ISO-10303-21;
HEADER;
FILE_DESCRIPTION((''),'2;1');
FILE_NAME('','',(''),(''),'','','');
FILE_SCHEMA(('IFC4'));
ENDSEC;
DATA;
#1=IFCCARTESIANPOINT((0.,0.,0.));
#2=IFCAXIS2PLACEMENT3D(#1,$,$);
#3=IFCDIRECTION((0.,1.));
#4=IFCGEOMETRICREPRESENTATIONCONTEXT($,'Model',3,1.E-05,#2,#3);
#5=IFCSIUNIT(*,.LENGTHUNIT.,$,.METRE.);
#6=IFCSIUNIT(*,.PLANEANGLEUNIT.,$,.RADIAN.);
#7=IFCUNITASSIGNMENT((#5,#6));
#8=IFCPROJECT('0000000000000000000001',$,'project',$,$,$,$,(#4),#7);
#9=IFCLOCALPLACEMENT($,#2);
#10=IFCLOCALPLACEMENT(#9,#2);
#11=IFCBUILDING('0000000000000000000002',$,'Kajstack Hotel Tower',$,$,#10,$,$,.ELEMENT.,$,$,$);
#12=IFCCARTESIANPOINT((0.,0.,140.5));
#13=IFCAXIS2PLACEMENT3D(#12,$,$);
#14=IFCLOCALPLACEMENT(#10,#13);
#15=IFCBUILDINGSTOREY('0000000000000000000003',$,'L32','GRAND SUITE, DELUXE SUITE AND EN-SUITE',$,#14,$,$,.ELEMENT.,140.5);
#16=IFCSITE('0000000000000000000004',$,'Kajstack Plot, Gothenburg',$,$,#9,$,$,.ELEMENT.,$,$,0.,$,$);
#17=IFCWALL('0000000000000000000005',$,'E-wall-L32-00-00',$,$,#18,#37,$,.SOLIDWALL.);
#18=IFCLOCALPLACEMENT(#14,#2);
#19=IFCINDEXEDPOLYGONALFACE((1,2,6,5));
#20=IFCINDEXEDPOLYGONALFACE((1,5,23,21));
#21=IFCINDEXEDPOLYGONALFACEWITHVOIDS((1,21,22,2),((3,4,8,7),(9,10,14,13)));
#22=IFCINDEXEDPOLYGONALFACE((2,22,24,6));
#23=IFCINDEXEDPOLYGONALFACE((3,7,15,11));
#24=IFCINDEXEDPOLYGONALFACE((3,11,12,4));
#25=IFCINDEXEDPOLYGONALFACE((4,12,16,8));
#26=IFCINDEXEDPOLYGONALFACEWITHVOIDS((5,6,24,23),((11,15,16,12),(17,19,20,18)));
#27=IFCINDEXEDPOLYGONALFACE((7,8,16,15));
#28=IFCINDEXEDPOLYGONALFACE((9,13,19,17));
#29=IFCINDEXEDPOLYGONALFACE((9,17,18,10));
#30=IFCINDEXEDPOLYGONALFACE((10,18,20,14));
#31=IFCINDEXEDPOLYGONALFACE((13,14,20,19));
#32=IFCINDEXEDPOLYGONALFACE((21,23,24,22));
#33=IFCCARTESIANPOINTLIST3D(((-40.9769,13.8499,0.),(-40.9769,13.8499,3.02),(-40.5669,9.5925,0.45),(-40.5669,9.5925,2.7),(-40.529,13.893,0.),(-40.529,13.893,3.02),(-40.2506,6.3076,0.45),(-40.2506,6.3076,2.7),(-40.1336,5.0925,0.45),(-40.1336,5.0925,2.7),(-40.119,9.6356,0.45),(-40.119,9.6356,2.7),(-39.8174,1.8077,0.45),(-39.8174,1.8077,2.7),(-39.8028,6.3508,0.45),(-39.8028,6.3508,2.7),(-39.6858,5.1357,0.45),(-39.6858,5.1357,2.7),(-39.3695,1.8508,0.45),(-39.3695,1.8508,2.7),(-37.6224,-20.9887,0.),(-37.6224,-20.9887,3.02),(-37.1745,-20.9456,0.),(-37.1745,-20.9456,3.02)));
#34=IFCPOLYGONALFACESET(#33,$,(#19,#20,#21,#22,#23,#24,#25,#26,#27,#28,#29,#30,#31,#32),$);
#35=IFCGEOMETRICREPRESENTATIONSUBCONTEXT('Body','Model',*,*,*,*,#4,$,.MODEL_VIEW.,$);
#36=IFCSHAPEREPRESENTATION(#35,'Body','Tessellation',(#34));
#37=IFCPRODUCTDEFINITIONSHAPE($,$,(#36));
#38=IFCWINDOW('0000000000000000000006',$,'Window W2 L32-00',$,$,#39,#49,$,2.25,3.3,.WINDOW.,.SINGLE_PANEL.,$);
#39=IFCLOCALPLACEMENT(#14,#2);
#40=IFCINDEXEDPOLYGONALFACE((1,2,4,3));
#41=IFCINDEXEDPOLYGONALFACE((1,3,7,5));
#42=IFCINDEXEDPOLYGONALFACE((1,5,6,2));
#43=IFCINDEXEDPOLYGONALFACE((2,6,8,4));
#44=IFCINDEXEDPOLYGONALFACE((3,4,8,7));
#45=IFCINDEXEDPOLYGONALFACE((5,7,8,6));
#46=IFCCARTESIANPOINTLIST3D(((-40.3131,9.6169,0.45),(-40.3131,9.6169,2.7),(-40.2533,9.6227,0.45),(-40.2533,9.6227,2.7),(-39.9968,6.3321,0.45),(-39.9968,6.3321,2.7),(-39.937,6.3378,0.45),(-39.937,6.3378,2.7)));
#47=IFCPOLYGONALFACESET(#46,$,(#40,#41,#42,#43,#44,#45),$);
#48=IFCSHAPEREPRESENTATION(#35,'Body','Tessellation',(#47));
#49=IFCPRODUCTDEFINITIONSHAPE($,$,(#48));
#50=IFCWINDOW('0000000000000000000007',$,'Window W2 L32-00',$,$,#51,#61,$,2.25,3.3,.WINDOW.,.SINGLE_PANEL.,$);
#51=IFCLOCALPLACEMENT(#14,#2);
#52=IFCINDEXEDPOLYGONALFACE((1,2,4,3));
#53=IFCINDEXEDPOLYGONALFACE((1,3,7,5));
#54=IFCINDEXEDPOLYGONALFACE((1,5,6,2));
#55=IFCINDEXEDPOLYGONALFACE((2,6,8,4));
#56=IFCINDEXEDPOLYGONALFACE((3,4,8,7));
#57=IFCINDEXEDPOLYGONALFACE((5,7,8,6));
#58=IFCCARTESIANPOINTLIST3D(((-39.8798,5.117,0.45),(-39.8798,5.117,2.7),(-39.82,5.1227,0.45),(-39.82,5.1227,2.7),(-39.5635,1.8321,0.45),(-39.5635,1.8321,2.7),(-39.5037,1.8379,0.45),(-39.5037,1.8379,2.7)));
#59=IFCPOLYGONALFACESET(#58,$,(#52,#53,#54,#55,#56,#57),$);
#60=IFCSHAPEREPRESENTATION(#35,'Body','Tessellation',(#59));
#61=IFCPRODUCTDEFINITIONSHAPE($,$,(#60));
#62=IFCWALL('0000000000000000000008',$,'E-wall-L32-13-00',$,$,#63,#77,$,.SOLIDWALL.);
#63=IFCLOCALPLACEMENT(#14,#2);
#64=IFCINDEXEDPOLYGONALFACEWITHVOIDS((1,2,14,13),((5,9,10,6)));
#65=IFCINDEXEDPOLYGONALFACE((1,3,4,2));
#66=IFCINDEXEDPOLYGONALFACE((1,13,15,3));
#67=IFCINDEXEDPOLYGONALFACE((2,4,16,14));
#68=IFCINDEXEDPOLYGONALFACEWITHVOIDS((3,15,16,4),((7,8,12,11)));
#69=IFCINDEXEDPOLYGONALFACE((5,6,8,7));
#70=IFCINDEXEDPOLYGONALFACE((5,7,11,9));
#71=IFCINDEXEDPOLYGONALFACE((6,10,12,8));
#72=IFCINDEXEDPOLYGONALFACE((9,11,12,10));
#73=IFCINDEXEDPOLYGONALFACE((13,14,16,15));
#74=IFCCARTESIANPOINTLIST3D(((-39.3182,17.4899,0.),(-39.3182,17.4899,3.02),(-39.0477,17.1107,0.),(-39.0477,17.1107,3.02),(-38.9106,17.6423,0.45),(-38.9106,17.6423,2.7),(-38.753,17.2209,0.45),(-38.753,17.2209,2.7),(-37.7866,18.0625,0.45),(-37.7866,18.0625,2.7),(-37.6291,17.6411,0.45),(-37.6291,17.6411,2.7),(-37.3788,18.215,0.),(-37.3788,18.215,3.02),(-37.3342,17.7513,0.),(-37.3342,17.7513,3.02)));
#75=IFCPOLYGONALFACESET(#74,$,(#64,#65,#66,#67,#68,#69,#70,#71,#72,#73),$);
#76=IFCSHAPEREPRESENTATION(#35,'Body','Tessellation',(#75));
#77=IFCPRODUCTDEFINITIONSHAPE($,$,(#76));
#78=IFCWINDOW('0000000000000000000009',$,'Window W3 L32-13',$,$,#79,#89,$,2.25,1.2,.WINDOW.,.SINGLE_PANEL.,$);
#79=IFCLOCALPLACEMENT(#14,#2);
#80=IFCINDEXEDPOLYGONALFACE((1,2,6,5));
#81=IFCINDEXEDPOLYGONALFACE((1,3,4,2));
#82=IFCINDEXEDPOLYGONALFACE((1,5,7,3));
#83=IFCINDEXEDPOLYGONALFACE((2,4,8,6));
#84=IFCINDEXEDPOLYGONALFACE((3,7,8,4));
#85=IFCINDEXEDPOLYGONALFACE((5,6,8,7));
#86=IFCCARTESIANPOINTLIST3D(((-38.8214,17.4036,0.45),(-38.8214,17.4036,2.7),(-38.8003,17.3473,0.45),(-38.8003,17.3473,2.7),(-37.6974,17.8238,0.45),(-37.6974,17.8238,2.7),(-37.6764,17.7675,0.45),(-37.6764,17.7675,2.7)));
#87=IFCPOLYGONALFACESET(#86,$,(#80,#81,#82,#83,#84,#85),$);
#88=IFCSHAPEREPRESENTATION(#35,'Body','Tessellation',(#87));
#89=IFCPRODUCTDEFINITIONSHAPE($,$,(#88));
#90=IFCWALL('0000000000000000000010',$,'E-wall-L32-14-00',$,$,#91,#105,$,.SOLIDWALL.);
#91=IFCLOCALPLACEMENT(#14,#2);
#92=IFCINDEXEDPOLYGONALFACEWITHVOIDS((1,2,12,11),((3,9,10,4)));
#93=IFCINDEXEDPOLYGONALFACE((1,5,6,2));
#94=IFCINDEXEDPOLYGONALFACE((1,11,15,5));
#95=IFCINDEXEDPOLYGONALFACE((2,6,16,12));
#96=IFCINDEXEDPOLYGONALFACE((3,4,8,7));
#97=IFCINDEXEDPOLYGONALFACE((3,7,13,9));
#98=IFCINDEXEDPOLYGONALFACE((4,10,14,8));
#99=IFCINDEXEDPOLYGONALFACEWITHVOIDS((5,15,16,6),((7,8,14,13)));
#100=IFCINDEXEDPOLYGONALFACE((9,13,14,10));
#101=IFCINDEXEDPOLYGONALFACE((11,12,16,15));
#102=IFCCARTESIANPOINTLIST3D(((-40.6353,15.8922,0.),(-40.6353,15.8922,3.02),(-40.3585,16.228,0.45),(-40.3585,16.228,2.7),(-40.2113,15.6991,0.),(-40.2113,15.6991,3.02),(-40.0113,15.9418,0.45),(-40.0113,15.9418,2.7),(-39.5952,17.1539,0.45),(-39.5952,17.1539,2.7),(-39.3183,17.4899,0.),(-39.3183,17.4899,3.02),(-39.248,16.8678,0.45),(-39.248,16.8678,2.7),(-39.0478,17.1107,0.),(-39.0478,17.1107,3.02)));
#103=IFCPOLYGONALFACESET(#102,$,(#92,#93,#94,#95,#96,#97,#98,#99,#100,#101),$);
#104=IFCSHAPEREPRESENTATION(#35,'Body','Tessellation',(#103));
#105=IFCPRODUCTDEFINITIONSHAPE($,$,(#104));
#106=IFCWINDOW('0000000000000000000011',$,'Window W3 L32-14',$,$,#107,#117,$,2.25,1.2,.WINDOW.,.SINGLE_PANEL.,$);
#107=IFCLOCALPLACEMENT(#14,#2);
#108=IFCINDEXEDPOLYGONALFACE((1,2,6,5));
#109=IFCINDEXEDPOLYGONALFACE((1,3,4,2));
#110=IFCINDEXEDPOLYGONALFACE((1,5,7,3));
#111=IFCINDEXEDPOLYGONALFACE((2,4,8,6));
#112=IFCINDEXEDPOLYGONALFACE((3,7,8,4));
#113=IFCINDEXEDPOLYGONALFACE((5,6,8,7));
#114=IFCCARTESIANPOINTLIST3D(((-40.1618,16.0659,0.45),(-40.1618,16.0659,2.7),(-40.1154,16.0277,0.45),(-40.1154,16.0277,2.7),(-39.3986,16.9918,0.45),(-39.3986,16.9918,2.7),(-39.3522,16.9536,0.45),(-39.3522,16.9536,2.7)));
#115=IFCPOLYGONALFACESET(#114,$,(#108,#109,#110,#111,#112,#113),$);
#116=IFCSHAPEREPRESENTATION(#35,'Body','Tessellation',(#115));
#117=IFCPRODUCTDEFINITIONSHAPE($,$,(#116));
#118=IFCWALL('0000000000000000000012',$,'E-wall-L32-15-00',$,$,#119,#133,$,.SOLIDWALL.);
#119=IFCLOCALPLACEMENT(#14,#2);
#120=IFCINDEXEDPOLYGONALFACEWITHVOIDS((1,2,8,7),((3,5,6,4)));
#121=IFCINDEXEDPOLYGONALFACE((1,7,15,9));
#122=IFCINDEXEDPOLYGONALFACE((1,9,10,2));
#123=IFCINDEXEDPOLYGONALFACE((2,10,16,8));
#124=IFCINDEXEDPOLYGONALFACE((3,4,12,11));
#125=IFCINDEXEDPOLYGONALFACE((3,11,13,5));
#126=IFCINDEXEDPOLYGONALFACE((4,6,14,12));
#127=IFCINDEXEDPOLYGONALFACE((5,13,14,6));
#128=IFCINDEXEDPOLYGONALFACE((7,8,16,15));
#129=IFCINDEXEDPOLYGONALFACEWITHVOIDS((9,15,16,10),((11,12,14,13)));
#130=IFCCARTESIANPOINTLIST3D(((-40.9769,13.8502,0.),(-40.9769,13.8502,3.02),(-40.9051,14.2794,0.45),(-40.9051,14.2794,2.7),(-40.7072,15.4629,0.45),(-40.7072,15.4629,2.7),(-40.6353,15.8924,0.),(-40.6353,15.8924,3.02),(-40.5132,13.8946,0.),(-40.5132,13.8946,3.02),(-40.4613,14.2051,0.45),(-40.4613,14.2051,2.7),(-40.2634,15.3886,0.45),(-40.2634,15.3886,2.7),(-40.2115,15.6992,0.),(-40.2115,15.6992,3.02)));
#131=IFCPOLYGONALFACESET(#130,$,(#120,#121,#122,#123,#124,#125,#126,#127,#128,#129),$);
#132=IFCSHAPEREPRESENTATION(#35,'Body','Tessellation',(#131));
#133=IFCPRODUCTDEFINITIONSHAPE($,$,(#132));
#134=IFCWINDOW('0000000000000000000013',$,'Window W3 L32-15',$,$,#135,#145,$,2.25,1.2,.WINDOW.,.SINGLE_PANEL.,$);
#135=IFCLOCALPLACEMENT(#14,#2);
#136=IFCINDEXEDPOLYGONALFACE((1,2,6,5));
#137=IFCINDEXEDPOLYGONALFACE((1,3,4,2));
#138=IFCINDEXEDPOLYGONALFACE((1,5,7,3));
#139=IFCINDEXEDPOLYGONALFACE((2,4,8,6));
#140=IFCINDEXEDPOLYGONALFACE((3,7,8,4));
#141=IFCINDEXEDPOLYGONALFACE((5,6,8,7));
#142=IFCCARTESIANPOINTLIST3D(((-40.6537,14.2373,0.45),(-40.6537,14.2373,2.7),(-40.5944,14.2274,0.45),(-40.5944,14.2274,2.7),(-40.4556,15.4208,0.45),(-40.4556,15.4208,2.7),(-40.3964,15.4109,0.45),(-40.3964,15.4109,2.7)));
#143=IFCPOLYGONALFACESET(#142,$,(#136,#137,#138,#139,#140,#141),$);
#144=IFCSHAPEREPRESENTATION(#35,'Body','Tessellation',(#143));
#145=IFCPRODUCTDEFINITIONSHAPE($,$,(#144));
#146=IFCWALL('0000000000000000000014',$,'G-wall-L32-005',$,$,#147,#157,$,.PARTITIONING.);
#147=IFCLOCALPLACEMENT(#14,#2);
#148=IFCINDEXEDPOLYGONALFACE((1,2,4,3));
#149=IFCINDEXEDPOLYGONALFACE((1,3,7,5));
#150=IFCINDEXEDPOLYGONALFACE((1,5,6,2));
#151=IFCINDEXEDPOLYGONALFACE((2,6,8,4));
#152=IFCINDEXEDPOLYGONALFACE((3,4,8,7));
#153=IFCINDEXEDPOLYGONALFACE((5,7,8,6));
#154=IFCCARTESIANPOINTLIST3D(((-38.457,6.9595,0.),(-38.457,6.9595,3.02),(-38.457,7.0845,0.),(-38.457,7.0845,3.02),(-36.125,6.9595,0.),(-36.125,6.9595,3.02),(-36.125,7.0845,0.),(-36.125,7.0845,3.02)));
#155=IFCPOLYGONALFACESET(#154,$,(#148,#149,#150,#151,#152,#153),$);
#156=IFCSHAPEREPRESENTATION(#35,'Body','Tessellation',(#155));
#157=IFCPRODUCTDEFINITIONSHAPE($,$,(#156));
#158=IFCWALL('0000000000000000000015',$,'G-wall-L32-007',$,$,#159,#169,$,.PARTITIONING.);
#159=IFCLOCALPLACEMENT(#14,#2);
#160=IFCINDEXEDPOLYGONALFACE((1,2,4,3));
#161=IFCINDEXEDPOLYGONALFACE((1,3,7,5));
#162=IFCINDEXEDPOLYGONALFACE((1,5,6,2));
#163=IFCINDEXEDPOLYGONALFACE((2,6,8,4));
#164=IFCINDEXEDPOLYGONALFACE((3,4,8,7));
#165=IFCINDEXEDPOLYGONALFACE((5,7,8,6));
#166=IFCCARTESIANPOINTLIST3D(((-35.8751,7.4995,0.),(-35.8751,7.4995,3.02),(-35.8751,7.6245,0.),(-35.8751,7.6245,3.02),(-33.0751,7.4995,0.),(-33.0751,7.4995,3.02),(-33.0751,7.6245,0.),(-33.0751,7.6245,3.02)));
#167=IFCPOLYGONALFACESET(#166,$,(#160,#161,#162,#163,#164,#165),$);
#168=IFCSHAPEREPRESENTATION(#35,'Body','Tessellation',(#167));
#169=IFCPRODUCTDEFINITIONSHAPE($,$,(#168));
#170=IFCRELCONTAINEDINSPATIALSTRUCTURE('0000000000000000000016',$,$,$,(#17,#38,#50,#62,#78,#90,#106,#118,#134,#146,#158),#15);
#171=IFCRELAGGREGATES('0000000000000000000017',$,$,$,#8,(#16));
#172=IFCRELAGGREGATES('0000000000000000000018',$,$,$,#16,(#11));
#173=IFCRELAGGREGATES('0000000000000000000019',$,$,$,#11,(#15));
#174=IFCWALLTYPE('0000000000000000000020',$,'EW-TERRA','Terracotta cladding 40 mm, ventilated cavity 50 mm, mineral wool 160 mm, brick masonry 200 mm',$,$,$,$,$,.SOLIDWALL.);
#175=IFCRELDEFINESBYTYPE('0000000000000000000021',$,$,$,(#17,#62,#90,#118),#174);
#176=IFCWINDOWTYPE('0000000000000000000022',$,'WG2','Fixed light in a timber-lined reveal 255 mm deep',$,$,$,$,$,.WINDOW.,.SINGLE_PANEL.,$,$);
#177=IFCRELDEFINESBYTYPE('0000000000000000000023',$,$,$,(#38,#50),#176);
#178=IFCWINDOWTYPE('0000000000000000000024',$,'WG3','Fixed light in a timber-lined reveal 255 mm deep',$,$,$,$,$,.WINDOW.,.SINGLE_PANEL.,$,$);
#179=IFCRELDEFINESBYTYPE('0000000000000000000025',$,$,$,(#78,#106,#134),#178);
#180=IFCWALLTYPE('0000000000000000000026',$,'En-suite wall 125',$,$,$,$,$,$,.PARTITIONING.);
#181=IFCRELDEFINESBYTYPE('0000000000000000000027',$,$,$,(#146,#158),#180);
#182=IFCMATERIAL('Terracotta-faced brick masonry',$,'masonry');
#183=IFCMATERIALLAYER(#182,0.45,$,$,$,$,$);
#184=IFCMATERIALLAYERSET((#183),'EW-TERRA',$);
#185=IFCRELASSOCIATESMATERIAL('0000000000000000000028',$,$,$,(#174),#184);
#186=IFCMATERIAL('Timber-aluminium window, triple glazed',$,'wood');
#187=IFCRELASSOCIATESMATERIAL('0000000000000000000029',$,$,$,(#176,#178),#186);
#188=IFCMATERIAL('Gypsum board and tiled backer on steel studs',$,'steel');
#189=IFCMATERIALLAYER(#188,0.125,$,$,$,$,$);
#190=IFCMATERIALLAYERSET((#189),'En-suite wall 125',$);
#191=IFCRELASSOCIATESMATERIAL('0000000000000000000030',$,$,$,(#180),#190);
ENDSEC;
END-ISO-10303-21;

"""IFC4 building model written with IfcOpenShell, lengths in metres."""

from ifc_helpers import new_model, si_unit, direction, frame, frame_2d, origin, place, context, subcontext, project, spatial, polyline, rectangle, outline, extrude, material, layer, layer_set, type_object, element, fill, save


model = new_model("IFC4")

# Units and contexts
model_context = context("Model", 3, precision=1e-05, world=origin(), true_north=direction((0.0, 1.0)))
body_context = subcontext(model_context, "Body", "Model", "MODEL_VIEW")
ifc_project = project(units=[si_unit("LENGTHUNIT", "METRE"), si_unit("PLANEANGLEUNIT", "RADIAN")], contexts=[model_context])

# Site, building, storey
site_placement = place(None, origin())
site = spatial("IfcSite", under=ifc_project, at=site_placement, Name="Kajstack Plot, Gothenburg", CompositionType="ELEMENT", RefElevation=0.0)
building_placement = place(site_placement, origin())
building = spatial("IfcBuilding", under=site, at=building_placement, Name="Kajstack Hotel Tower", CompositionType="ELEMENT")
storey_placement = place(building_placement, frame((0.0, 0.0, 140.5)))
storey = spatial("IfcBuildingStorey", under=building, at=storey_placement, Name="L32", Description="GRAND SUITE, DELUXE SUITE AND EN-SUITE", CompositionType="ELEMENT", Elevation=140.5)

# Wall, openings, windows
ifc_material_1 = material(Name="Terracotta-faced brick masonry", Category="masonry")
ifc_layer_1 = layer(ifc_material_1, 0.45)
ifc_layer_set_1 = layer_set([ifc_layer_1], Name="EW-TERRA")
wall_type_1 = type_object("IfcWallType", Name="EW-TERRA", Description="Terracotta cladding 40 mm, ventilated cavity 50 mm, mineral wool 160 mm, brick masonry 200 mm", PredefinedType="SOLIDWALL", material=ifc_layer_set_1)
wall_1_placement = place(storey_placement, frame((-40.7529, 13.8716, 0.0), z_axis=(0.0, 0.0, 1.0), x_axis=(0.095843, -0.995396, 0.0)))
wall_1 = element("IfcWall", 1, at=wall_1_placement, inside=storey, type_object=wall_type_1, Name="E-wall-L32-00-00", PredefinedType="SOLIDWALL", context=body_context, shape_type="SweptSolid", body=[
    extrude(rectangle(XDim=34.9998, YDim=0.45, at=frame_2d((17.5, 0.0))), origin(), (0.0, 0.0, 1.0), 3.02),
])
opening_1_placement = place(wall_1_placement, frame((4.2773, 0.0, 0.45)))
opening_1 = element("IfcOpeningElement", 2, at=opening_1_placement, cuts=wall_1, PredefinedType="OPENING", context=body_context, shape_type="SweptSolid", body=[
    extrude(rectangle(XDim=3.3, YDim=2.25, at=frame_2d((1.6499, 1.125))), frame((0.0, 0.2349, 0.0), z_axis=(0.0, -1.0, 0.0), x_axis=(1.0, 0.0, 0.0)), (0.0, 0.0, 1.0), 0.47),
])
opening_2_placement = place(wall_1_placement, frame((8.7981, 0.0, 0.45)))
opening_2 = element("IfcOpeningElement", 3, at=opening_2_placement, cuts=wall_1, PredefinedType="OPENING", context=body_context, shape_type="SweptSolid", body=[
    extrude(rectangle(XDim=3.3, YDim=2.25, at=frame_2d((1.6499, 1.125))), frame((0.0, 0.2349, 0.0), z_axis=(0.0, -1.0, 0.0), x_axis=(1.0, 0.0, 0.0)), (0.0, 0.0, 1.0), 0.47),
])
ifc_material_2 = material(Name="Timber-aluminium window, triple glazed", Category="wood")
window_type_1 = type_object("IfcWindowType", Name="WG2", Description="Fixed light in a timber-lined reveal 255 mm deep", PartitioningType="SINGLE_PANEL", PredefinedType="WINDOW", material=ifc_material_2)
window_1_placement = place(opening_1_placement, origin())
window_1 = element("IfcWindow", 4, at=window_1_placement, inside=storey, type_object=window_type_1, Name="Window W2 L32-00", OverallHeight=2.25, OverallWidth=3.3, PartitioningType="SINGLE_PANEL", PredefinedType="WINDOW", context=body_context, shape_type="SweptSolid", body=[
    extrude(rectangle(XDim=3.3, YDim=2.25, at=frame_2d((1.6499, 1.125))), frame((0.0, 0.0901, 0.0), z_axis=(0.0, -1.0, 0.0), x_axis=(1.0, 0.0, 0.0)), (0.0, 0.0, 1.0), 0.0601),
])
fill(opening_1, window_1)
window_2_placement = place(opening_2_placement, origin())
window_2 = element("IfcWindow", 5, at=window_2_placement, inside=storey, type_object=window_type_1, Name="Window W2 L32-00", OverallHeight=2.25, OverallWidth=3.3, PartitioningType="SINGLE_PANEL", PredefinedType="WINDOW", context=body_context, shape_type="SweptSolid", body=[
    extrude(rectangle(XDim=3.3, YDim=2.25, at=frame_2d((1.6499, 1.125))), frame((0.0, 0.0901, 0.0), z_axis=(0.0, -1.0, 0.0), x_axis=(1.0, 0.0, 0.0)), (0.0, 0.0, 1.0), 0.0601),
])
fill(opening_2, window_2)

# Walls, openings, windows
wall_2_placement = place(storey_placement, frame((-37.3, 18.0044, 0.0), z_axis=(0.0, 0.0, 1.0), x_axis=(-0.936678, -0.350193, 0.0)))
wall_2 = element("IfcWall", 6, at=wall_2_placement, inside=storey, type_object=wall_type_1, Name="E-wall-L32-13-00", PredefinedType="SOLIDWALL", context=body_context, shape_type="SweptSolid", body=[
    extrude(outline(polyline([(0.0, -0.2249), (2.0706, -0.2249), (1.95, 0.2251), (0.1206, 0.2251), (0.0, -0.2249)])), origin(), (0.0, 0.0, 1.0), 3.02),
])
opening_3_placement = place(wall_2_placement, frame((0.4353, 0.0, 0.45)))
opening_3 = element("IfcOpeningElement", 7, at=opening_3_placement, cuts=wall_2, PredefinedType="OPENING", context=body_context, shape_type="SweptSolid", body=[
    extrude(rectangle(XDim=1.2, YDim=2.25, at=frame_2d((0.6001, 1.125))), frame((0.0, 0.2349, 0.0), z_axis=(0.0, -1.0, 0.0), x_axis=(1.0, 0.0, 0.0)), (0.0, 0.0, 1.0), 0.47),
])
window_type_2 = type_object("IfcWindowType", Name="WG3", Description="Fixed light in a timber-lined reveal 255 mm deep", PartitioningType="SINGLE_PANEL", PredefinedType="WINDOW", material=ifc_material_2)
window_3_placement = place(opening_3_placement, origin())
window_3 = element("IfcWindow", 8, at=window_3_placement, inside=storey, type_object=window_type_2, Name="Window W3 L32-13", OverallHeight=2.25, OverallWidth=1.2, PartitioningType="SINGLE_PANEL", PredefinedType="WINDOW", context=body_context, shape_type="SweptSolid", body=[
    extrude(rectangle(XDim=1.2, YDim=2.25, at=frame_2d((0.6001, 1.125))), frame((0.0, 0.0901, 0.0), z_axis=(0.0, -1.0, 0.0), x_axis=(1.0, 0.0, 0.0)), (0.0, 0.0, 1.0), 0.0601),
])
fill(opening_3, window_3)
wall_3_placement = place(storey_placement, frame((-39.1448, 17.3469, 0.0), z_axis=(0.0, 0.0, 1.0), x_axis=(-0.636046, -0.771651, 0.0)))
wall_3 = element("IfcWall", 9, at=wall_3_placement, inside=storey, type_object=wall_type_1, Name="E-wall-L32-14-00", PredefinedType="SOLIDWALL", context=body_context, shape_type="SweptSolid", body=[
    extrude(outline(polyline([(0.0, -0.2249), (2.0706, -0.2249), (1.95, 0.2251), (0.1206, 0.2251), (0.0, -0.2249)])), origin(), (0.0, 0.0, 1.0), 3.02),
])
opening_4_placement = place(wall_3_placement, frame((0.4353, 0.0, 0.45)))
opening_4 = element("IfcOpeningElement", 10, at=opening_4_placement, cuts=wall_3, PredefinedType="OPENING", context=body_context, shape_type="SweptSolid", body=[
    extrude(rectangle(XDim=1.2, YDim=2.25, at=frame_2d((0.6001, 1.125))), frame((0.0, 0.2349, 0.0), z_axis=(0.0, -1.0, 0.0), x_axis=(1.0, 0.0, 0.0)), (0.0, 0.0, 1.0), 0.47),
])
window_4_placement = place(opening_4_placement, origin())
window_4 = element("IfcWindow", 11, at=window_4_placement, inside=storey, type_object=window_type_2, Name="Window W3 L32-14", OverallHeight=2.25, OverallWidth=1.2, PartitioningType="SINGLE_PANEL", PredefinedType="WINDOW", context=body_context, shape_type="SweptSolid", body=[
    extrude(rectangle(XDim=1.2, YDim=2.25, at=frame_2d((0.6001, 1.125))), frame((0.0, 0.0901, 0.0), z_axis=(0.0, -1.0, 0.0), x_axis=(1.0, 0.0, 0.0)), (0.0, 0.0, 1.0), 0.0601),
])
fill(opening_4, window_4)
wall_4_placement = place(storey_placement, frame((-40.4133, 15.8552, 0.0), z_axis=(0.0, 0.0, 1.0), x_axis=(-0.165068, -0.986282, 0.0)))
wall_4 = element("IfcWall", 12, at=wall_4_placement, inside=storey, type_object=wall_type_1, Name="E-wall-L32-15-00", PredefinedType="SOLIDWALL", context=body_context, shape_type="SweptSolid", body=[
    extrude(outline(polyline([(0.0, -0.2251), (2.0706, -0.2249), (1.9502, 0.2251), (0.1206, 0.2249), (0.0, -0.2251)])), origin(), (0.0, 0.0, 1.0), 3.02),
])
opening_5_placement = place(wall_4_placement, frame((0.4353, 0.0, 0.45)))
opening_5 = element("IfcOpeningElement", 13, at=opening_5_placement, cuts=wall_4, PredefinedType="OPENING", context=body_context, shape_type="SweptSolid", body=[
    extrude(rectangle(XDim=1.2, YDim=2.25, at=frame_2d((0.6001, 1.125))), frame((0.0, 0.2349, 0.0), z_axis=(0.0, -1.0, 0.0), x_axis=(1.0, 0.0, 0.0)), (0.0, 0.0, 1.0), 0.47),
])
window_5_placement = place(opening_5_placement, origin())
window_5 = element("IfcWindow", 14, at=window_5_placement, inside=storey, type_object=window_type_2, Name="Window W3 L32-15", OverallHeight=2.25, OverallWidth=1.2, PartitioningType="SINGLE_PANEL", PredefinedType="WINDOW", context=body_context, shape_type="SweptSolid", body=[
    extrude(rectangle(XDim=1.2, YDim=2.25, at=frame_2d((0.6001, 1.125))), frame((0.0, 0.0901, 0.0), z_axis=(0.0, -1.0, 0.0), x_axis=(1.0, 0.0, 0.0)), (0.0, 0.0, 1.0), 0.0601),
])
fill(opening_5, window_5)

# Walls
ifc_material_3 = material(Name="Gypsum board and tiled backer on steel studs", Category="steel")
ifc_layer_2 = layer(ifc_material_3, 0.125)
ifc_layer_set_2 = layer_set([ifc_layer_2], Name="En-suite wall 125")
wall_type_2 = type_object("IfcWallType", Name="En-suite wall 125", PredefinedType="PARTITIONING", material=ifc_layer_set_2)
wall_5_placement = place(storey_placement, frame((-38.457, 7.022, 0.0), z_axis=(0.0, 0.0, 1.0), x_axis=(1.0, 0.0, 0.0)))
element("IfcWall", 15, at=wall_5_placement, inside=storey, type_object=wall_type_2, Name="G-wall-L32-005", PredefinedType="PARTITIONING", context=body_context, shape_type="SweptSolid", body=[
    extrude(rectangle(XDim=2.332, YDim=0.125, at=frame_2d((1.166, 0.0))), origin(), (0.0, 0.0, 1.0), 3.02),
])
for number, where, z_axis, x_axis, name in (
    (16, (-35.875, 7.562, 0.0), (0.0, 0.0, 1.0), (1.0, 0.0, 0.0), "G-wall-L32-007"),
):
    element("IfcWall", number, at=place(storey_placement, frame(where, z_axis=z_axis, x_axis=x_axis)), inside=storey, type_object=wall_type_2, Name=name, PredefinedType="PARTITIONING", context=body_context, shape_type="SweptSolid", body=[
        extrude(rectangle(XDim=2.8, YDim=0.125, at=frame_2d((1.3999, 0.0))), origin(), (0.0, 0.0, 1.0), 3.02),
    ])

save(model, "model.ifc")
